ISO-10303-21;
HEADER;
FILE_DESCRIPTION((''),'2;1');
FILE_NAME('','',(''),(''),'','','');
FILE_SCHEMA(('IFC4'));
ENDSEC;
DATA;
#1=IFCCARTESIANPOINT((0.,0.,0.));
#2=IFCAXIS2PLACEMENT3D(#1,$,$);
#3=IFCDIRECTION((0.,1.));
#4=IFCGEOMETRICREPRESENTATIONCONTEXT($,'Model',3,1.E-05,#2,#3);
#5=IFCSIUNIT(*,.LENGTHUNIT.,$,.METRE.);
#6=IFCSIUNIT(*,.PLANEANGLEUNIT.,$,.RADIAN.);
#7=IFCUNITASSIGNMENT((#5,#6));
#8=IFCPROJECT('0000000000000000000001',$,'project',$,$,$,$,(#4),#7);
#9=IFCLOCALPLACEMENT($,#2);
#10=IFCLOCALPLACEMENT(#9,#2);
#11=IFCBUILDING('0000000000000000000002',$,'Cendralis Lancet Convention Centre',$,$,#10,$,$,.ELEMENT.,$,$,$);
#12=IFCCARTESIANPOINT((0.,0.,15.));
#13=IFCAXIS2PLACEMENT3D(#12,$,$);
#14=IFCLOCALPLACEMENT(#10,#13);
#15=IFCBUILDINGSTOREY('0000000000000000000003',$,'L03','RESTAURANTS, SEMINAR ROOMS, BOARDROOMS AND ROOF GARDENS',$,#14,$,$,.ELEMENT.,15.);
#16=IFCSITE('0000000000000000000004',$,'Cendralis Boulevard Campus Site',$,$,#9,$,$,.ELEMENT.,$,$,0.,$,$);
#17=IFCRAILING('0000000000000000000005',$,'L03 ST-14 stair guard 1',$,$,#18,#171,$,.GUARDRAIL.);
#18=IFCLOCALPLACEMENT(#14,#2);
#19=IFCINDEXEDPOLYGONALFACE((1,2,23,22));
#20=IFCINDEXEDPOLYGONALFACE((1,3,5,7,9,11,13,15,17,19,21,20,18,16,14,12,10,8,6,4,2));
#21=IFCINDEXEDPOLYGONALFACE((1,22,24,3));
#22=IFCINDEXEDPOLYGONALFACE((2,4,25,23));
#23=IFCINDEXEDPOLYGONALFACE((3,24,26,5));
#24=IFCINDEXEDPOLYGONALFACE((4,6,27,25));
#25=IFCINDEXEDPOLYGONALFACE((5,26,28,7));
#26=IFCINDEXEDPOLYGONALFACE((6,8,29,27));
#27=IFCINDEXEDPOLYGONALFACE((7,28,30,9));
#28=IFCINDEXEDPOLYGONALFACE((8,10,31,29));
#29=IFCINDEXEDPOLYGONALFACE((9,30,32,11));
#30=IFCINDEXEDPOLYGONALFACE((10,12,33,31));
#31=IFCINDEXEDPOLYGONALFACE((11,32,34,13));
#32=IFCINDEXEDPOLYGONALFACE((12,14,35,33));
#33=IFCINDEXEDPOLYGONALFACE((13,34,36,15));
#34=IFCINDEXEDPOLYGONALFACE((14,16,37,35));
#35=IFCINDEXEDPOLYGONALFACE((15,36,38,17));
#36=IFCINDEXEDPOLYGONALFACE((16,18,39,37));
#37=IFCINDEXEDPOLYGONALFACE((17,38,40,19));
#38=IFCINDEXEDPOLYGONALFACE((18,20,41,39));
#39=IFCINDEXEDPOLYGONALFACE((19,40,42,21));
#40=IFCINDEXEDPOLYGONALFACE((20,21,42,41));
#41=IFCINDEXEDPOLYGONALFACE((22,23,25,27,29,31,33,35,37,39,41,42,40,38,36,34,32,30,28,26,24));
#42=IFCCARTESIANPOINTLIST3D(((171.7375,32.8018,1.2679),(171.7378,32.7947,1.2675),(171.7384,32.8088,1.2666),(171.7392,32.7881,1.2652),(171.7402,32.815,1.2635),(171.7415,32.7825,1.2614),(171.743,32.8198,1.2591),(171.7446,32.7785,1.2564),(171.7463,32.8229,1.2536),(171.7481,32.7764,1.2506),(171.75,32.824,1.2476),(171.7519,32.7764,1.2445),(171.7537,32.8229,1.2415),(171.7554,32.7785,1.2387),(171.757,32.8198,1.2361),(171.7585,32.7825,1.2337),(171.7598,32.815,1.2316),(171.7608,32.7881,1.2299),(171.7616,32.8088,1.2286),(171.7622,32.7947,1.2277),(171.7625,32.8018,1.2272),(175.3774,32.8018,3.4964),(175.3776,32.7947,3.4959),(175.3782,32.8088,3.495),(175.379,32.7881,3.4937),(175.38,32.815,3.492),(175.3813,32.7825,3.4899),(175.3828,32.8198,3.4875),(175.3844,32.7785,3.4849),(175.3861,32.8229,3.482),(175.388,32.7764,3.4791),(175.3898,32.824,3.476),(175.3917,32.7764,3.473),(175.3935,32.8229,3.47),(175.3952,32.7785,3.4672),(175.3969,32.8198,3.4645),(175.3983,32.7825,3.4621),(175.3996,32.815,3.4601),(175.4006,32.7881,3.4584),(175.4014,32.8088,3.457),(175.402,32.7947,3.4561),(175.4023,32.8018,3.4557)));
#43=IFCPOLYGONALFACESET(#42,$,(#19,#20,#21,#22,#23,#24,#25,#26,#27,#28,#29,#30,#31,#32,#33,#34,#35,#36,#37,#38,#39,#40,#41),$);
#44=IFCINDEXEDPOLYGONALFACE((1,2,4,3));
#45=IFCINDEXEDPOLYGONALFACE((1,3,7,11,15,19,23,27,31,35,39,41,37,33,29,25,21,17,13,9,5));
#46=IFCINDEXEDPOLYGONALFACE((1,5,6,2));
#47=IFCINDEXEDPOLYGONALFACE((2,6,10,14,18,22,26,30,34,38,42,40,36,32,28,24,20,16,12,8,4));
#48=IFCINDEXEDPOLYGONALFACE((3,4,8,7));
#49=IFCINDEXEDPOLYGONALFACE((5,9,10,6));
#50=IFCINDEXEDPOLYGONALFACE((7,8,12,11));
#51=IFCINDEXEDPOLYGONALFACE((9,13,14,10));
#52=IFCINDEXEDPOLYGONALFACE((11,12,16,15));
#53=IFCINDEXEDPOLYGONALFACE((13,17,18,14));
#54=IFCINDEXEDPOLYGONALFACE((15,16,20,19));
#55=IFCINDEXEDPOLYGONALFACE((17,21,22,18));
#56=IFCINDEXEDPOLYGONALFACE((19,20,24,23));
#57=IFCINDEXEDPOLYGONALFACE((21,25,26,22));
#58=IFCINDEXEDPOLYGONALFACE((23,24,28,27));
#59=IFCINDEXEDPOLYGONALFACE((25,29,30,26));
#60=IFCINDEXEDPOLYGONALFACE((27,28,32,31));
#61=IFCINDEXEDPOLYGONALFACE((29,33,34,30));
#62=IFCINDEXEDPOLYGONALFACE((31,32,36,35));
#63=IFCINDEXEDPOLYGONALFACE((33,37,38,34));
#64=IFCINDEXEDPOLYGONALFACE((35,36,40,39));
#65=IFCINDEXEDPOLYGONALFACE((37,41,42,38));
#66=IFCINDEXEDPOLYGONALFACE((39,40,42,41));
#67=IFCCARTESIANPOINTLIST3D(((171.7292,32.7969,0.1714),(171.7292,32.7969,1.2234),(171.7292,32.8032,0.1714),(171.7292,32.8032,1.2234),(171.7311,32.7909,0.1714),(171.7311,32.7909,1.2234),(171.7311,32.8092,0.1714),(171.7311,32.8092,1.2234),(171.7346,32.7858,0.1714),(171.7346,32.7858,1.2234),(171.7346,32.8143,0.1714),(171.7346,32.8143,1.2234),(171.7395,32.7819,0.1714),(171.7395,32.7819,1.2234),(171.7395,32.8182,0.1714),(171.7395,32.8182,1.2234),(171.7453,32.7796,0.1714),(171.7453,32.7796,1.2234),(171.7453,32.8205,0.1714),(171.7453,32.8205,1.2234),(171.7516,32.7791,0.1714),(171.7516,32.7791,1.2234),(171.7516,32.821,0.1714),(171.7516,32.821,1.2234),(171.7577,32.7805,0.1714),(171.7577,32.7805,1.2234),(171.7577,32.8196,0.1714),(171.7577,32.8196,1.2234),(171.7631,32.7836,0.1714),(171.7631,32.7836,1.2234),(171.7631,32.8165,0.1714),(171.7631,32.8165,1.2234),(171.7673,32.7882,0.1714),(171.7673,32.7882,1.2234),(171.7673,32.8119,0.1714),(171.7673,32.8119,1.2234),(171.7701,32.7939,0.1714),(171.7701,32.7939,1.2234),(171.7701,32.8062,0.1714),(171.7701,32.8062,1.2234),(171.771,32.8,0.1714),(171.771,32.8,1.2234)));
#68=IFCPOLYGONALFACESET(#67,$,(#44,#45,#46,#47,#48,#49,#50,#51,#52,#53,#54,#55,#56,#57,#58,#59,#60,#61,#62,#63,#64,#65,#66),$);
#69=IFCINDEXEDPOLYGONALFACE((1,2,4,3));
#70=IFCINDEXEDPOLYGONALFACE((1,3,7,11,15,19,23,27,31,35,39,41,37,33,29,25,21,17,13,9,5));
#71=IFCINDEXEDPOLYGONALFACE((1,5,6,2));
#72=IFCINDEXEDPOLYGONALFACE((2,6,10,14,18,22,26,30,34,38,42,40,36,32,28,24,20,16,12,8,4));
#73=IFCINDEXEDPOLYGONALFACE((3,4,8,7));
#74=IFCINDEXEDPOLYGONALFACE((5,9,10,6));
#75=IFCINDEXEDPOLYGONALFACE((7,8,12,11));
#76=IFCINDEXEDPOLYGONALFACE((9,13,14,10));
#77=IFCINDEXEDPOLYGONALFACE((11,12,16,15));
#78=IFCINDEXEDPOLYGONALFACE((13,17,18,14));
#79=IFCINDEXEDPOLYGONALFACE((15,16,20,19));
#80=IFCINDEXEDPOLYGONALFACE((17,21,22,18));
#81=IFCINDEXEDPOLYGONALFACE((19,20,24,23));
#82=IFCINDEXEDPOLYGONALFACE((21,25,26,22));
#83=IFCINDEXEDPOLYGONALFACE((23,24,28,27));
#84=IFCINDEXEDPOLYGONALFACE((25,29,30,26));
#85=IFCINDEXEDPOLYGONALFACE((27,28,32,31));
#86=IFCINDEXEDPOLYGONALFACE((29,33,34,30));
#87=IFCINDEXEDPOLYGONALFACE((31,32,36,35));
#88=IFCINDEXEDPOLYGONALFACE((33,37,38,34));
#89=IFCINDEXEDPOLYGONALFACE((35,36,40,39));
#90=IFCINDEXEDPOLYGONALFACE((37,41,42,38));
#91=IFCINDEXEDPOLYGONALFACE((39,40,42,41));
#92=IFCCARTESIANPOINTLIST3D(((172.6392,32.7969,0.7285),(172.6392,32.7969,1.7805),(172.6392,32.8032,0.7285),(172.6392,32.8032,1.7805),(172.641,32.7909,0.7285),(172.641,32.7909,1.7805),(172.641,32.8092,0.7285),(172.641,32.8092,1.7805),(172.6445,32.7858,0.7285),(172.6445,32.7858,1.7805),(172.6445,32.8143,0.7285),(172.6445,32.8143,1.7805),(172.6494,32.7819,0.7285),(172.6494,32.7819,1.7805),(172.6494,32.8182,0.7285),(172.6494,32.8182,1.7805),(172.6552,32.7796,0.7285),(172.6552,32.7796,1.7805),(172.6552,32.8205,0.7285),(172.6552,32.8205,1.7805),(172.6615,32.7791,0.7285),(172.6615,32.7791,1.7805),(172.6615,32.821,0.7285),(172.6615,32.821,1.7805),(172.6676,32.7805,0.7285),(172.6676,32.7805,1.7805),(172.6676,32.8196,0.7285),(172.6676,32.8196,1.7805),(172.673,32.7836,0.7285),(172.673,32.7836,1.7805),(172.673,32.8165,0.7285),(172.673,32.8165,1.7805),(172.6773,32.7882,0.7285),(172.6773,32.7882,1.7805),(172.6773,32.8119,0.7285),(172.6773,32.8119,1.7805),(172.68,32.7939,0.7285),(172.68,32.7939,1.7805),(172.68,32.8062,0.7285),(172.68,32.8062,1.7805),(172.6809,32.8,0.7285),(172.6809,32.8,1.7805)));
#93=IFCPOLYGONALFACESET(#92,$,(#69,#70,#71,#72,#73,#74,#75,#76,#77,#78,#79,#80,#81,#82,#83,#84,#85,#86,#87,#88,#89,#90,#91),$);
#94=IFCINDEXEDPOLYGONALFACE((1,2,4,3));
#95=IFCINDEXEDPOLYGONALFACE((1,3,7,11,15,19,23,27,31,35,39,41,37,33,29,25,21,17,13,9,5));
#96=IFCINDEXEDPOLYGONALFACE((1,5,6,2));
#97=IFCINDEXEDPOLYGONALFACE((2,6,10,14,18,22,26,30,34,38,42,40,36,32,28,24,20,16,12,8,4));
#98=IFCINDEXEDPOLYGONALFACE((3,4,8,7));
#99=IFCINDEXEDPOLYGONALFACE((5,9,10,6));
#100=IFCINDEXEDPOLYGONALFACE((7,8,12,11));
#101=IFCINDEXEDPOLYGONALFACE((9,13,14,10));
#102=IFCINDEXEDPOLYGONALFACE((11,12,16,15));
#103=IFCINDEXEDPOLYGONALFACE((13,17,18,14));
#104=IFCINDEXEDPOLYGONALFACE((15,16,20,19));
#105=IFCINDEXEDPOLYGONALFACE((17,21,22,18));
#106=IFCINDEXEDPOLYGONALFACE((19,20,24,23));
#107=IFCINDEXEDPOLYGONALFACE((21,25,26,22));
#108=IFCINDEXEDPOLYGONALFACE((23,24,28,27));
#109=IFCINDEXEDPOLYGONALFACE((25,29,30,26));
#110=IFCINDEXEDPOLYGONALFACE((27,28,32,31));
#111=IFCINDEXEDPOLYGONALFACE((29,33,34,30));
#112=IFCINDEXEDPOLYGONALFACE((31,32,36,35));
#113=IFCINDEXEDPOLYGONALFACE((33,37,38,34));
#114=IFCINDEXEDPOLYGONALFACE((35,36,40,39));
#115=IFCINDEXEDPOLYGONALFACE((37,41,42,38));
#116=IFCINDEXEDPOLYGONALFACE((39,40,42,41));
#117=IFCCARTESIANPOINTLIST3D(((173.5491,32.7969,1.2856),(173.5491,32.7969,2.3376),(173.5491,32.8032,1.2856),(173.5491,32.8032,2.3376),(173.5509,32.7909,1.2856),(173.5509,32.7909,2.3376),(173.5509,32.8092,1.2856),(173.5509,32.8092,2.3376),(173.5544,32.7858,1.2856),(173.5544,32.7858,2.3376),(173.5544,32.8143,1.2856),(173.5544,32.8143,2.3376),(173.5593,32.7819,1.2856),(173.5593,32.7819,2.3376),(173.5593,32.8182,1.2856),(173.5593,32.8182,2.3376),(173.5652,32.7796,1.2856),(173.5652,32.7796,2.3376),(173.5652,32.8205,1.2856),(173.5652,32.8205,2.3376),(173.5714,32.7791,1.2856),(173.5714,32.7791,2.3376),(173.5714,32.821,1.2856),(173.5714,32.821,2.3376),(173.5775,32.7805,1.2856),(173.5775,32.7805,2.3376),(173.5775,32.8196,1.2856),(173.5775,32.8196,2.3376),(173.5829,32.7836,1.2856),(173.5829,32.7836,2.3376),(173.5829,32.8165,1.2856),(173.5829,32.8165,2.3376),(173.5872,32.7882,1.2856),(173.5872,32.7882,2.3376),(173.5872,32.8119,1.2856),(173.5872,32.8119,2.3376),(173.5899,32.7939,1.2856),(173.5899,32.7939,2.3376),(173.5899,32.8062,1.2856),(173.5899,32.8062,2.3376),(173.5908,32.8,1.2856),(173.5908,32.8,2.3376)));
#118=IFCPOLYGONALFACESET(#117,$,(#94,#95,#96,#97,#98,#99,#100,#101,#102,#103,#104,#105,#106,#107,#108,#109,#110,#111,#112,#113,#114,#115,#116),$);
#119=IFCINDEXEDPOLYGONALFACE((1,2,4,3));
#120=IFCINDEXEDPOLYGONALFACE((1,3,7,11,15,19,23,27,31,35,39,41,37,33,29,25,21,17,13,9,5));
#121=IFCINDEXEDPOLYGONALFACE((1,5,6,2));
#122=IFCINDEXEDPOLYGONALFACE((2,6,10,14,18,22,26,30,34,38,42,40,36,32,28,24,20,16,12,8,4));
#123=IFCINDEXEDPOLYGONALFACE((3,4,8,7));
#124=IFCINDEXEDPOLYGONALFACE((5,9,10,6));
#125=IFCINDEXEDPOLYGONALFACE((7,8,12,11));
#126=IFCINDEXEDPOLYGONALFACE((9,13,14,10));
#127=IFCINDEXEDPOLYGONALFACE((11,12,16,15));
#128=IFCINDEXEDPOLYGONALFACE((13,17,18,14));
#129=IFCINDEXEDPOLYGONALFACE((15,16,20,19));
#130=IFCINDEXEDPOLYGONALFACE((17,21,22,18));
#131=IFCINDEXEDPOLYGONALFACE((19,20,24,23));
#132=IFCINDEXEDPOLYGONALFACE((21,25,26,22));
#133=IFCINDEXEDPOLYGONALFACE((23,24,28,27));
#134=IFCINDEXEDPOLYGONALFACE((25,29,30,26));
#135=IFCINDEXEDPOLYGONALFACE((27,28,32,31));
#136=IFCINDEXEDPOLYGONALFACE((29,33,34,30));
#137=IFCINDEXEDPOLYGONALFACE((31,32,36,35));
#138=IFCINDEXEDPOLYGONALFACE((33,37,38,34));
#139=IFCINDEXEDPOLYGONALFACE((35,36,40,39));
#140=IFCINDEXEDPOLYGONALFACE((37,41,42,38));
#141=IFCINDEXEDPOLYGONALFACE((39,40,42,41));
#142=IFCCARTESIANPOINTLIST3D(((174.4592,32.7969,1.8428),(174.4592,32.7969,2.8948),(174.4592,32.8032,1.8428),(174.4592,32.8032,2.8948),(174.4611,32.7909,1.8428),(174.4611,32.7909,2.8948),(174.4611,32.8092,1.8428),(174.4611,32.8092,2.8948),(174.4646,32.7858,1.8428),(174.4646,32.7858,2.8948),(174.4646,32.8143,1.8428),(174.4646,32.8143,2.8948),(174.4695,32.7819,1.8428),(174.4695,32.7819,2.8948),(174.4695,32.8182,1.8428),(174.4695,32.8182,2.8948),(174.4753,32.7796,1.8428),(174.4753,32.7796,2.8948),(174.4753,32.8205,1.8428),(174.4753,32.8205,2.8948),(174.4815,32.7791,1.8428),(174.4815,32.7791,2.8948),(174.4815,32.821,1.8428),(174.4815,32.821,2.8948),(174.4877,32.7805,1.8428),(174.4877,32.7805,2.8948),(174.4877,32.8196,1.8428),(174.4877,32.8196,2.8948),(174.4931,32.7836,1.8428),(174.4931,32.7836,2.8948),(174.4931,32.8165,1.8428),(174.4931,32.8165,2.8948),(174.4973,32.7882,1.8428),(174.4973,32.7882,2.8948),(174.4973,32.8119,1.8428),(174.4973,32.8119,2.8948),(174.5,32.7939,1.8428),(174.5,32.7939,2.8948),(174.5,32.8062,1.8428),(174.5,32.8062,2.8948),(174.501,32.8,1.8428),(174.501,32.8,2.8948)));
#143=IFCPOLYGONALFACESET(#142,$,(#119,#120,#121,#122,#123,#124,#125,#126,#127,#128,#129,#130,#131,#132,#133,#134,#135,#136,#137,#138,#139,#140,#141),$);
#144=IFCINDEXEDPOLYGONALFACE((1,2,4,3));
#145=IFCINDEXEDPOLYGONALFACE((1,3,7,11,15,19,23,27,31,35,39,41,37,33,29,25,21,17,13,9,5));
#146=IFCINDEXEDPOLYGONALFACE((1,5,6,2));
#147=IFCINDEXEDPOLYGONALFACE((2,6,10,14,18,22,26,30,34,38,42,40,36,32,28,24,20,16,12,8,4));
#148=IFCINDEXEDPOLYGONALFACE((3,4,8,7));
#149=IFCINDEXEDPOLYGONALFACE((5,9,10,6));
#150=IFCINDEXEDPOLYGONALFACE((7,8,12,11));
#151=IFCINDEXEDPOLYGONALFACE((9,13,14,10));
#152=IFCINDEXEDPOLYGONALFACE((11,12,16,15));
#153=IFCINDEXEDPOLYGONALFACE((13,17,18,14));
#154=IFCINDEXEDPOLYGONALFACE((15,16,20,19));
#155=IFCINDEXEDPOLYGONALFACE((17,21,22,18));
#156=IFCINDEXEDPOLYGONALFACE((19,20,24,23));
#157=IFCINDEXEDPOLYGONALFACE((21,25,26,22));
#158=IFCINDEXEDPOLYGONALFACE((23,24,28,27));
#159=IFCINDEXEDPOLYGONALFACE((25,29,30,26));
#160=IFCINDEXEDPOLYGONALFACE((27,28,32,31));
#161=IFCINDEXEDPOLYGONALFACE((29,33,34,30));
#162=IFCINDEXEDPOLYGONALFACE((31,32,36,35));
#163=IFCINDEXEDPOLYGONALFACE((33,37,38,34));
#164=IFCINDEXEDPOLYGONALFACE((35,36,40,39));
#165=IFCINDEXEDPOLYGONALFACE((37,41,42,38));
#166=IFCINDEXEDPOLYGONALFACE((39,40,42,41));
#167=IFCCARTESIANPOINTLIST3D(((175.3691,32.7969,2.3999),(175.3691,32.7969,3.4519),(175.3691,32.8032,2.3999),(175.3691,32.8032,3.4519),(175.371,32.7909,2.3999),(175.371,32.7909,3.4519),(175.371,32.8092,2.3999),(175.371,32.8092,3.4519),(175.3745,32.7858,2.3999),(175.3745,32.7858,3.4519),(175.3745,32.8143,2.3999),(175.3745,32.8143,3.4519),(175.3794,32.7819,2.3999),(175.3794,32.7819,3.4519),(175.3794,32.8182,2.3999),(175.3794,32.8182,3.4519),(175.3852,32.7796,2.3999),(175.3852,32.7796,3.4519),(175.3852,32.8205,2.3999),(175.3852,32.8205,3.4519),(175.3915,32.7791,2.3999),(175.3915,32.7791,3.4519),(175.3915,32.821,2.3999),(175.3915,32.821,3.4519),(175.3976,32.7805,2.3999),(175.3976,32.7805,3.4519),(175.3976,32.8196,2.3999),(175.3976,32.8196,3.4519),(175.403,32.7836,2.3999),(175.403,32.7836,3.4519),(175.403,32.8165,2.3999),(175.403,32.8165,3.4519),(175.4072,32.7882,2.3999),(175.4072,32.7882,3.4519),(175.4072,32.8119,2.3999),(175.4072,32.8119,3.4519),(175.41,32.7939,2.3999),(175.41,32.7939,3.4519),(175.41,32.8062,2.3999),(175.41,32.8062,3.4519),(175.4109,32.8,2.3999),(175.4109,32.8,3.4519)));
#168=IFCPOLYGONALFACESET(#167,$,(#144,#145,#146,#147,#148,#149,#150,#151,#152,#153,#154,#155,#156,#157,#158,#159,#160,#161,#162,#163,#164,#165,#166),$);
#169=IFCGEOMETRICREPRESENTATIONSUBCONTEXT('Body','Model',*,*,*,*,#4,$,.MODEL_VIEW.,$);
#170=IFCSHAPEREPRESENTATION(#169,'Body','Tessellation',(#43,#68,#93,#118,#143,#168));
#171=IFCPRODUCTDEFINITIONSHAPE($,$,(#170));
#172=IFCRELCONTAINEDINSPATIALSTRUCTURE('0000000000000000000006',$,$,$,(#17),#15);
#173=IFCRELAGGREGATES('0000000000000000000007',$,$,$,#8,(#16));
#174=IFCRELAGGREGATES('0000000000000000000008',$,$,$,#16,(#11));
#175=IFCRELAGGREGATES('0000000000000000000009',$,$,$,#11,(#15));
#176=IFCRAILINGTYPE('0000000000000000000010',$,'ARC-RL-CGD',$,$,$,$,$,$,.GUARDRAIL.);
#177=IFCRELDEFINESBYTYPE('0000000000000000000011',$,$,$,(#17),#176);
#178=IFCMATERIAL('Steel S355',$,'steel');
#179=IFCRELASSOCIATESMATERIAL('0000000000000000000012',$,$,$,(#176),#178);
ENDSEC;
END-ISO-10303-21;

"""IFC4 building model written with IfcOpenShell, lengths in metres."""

from ifc_helpers import new_model, si_unit, direction, frame, origin, origin_2d, place, context, subcontext, project, spatial, circle, extrude, material, type_object, element, save


model = new_model("IFC4")

# Units and contexts
model_context = context("Model", 3, precision=1e-05, world=origin(), true_north=direction((0.0, 1.0)))
body_context = subcontext(model_context, "Body", "Model", "MODEL_VIEW")
ifc_project = project(units=[si_unit("LENGTHUNIT", "METRE"), si_unit("PLANEANGLEUNIT", "RADIAN")], contexts=[model_context])

# Site, building, storey
site_placement = place(None, origin())
site = spatial("IfcSite", under=ifc_project, at=site_placement, Name="Cendralis Boulevard Campus Site", CompositionType="ELEMENT", RefElevation=0.0)
building_placement = place(site_placement, origin())
building = spatial("IfcBuilding", under=site, at=building_placement, Name="Cendralis Lancet Convention Centre", CompositionType="ELEMENT")
storey_placement = place(building_placement, frame((0.0, 0.0, 15.0)))
storey = spatial("IfcBuildingStorey", under=building, at=storey_placement, Name="L03", Description="RESTAURANTS, SEMINAR ROOMS, BOARDROOMS AND ROOF GARDENS", CompositionType="ELEMENT", Elevation=15.0)

# Shared definitions
ifc_material_1 = material(Name="Steel S355", Category="steel")

# Railing
railing_type_1 = type_object("IfcRailingType", Name="ARC-RL-CGD", PredefinedType="GUARDRAIL", material=ifc_material_1)
railing_1_placement = place(storey_placement, frame((171.75, 32.8, 0.1714)))
element("IfcRailing", 1, at=railing_1_placement, inside=storey, type_object=railing_type_1, Name="L03 ST-14 stair guard 1", PredefinedType="GUARDRAIL", context=body_context, shape_type="SweptSolid", body=[
    extrude(circle(Radius=0.0239, at=origin_2d()), frame((0.0, 0.0, 1.0762), z_axis=(0.85285, 0.0, 0.522156), x_axis=(0.0, 1.0, 0.0)), (0.0, 0.0, 1.0), 4.2678),
    extrude(circle(Radius=0.021, at=origin_2d()), origin(), (0.0, 0.0, 1.0), 1.052),
    extrude(circle(Radius=0.021, at=origin_2d()), frame((0.9099, 0.0, 0.5571)), (0.0, 0.0, 1.0), 1.052),
    extrude(circle(Radius=0.021, at=origin_2d()), frame((1.8198, 0.0, 1.1143)), (0.0, 0.0, 1.0), 1.052),
    extrude(circle(Radius=0.021, at=origin_2d()), frame((2.73, 0.0, 1.6714)), (0.0, 0.0, 1.0), 1.052),
    extrude(circle(Radius=0.021, at=origin_2d()), frame((3.6399, 0.0, 2.2285)), (0.0, 0.0, 1.0), 1.052),
])

save(model, "model.ifc")
